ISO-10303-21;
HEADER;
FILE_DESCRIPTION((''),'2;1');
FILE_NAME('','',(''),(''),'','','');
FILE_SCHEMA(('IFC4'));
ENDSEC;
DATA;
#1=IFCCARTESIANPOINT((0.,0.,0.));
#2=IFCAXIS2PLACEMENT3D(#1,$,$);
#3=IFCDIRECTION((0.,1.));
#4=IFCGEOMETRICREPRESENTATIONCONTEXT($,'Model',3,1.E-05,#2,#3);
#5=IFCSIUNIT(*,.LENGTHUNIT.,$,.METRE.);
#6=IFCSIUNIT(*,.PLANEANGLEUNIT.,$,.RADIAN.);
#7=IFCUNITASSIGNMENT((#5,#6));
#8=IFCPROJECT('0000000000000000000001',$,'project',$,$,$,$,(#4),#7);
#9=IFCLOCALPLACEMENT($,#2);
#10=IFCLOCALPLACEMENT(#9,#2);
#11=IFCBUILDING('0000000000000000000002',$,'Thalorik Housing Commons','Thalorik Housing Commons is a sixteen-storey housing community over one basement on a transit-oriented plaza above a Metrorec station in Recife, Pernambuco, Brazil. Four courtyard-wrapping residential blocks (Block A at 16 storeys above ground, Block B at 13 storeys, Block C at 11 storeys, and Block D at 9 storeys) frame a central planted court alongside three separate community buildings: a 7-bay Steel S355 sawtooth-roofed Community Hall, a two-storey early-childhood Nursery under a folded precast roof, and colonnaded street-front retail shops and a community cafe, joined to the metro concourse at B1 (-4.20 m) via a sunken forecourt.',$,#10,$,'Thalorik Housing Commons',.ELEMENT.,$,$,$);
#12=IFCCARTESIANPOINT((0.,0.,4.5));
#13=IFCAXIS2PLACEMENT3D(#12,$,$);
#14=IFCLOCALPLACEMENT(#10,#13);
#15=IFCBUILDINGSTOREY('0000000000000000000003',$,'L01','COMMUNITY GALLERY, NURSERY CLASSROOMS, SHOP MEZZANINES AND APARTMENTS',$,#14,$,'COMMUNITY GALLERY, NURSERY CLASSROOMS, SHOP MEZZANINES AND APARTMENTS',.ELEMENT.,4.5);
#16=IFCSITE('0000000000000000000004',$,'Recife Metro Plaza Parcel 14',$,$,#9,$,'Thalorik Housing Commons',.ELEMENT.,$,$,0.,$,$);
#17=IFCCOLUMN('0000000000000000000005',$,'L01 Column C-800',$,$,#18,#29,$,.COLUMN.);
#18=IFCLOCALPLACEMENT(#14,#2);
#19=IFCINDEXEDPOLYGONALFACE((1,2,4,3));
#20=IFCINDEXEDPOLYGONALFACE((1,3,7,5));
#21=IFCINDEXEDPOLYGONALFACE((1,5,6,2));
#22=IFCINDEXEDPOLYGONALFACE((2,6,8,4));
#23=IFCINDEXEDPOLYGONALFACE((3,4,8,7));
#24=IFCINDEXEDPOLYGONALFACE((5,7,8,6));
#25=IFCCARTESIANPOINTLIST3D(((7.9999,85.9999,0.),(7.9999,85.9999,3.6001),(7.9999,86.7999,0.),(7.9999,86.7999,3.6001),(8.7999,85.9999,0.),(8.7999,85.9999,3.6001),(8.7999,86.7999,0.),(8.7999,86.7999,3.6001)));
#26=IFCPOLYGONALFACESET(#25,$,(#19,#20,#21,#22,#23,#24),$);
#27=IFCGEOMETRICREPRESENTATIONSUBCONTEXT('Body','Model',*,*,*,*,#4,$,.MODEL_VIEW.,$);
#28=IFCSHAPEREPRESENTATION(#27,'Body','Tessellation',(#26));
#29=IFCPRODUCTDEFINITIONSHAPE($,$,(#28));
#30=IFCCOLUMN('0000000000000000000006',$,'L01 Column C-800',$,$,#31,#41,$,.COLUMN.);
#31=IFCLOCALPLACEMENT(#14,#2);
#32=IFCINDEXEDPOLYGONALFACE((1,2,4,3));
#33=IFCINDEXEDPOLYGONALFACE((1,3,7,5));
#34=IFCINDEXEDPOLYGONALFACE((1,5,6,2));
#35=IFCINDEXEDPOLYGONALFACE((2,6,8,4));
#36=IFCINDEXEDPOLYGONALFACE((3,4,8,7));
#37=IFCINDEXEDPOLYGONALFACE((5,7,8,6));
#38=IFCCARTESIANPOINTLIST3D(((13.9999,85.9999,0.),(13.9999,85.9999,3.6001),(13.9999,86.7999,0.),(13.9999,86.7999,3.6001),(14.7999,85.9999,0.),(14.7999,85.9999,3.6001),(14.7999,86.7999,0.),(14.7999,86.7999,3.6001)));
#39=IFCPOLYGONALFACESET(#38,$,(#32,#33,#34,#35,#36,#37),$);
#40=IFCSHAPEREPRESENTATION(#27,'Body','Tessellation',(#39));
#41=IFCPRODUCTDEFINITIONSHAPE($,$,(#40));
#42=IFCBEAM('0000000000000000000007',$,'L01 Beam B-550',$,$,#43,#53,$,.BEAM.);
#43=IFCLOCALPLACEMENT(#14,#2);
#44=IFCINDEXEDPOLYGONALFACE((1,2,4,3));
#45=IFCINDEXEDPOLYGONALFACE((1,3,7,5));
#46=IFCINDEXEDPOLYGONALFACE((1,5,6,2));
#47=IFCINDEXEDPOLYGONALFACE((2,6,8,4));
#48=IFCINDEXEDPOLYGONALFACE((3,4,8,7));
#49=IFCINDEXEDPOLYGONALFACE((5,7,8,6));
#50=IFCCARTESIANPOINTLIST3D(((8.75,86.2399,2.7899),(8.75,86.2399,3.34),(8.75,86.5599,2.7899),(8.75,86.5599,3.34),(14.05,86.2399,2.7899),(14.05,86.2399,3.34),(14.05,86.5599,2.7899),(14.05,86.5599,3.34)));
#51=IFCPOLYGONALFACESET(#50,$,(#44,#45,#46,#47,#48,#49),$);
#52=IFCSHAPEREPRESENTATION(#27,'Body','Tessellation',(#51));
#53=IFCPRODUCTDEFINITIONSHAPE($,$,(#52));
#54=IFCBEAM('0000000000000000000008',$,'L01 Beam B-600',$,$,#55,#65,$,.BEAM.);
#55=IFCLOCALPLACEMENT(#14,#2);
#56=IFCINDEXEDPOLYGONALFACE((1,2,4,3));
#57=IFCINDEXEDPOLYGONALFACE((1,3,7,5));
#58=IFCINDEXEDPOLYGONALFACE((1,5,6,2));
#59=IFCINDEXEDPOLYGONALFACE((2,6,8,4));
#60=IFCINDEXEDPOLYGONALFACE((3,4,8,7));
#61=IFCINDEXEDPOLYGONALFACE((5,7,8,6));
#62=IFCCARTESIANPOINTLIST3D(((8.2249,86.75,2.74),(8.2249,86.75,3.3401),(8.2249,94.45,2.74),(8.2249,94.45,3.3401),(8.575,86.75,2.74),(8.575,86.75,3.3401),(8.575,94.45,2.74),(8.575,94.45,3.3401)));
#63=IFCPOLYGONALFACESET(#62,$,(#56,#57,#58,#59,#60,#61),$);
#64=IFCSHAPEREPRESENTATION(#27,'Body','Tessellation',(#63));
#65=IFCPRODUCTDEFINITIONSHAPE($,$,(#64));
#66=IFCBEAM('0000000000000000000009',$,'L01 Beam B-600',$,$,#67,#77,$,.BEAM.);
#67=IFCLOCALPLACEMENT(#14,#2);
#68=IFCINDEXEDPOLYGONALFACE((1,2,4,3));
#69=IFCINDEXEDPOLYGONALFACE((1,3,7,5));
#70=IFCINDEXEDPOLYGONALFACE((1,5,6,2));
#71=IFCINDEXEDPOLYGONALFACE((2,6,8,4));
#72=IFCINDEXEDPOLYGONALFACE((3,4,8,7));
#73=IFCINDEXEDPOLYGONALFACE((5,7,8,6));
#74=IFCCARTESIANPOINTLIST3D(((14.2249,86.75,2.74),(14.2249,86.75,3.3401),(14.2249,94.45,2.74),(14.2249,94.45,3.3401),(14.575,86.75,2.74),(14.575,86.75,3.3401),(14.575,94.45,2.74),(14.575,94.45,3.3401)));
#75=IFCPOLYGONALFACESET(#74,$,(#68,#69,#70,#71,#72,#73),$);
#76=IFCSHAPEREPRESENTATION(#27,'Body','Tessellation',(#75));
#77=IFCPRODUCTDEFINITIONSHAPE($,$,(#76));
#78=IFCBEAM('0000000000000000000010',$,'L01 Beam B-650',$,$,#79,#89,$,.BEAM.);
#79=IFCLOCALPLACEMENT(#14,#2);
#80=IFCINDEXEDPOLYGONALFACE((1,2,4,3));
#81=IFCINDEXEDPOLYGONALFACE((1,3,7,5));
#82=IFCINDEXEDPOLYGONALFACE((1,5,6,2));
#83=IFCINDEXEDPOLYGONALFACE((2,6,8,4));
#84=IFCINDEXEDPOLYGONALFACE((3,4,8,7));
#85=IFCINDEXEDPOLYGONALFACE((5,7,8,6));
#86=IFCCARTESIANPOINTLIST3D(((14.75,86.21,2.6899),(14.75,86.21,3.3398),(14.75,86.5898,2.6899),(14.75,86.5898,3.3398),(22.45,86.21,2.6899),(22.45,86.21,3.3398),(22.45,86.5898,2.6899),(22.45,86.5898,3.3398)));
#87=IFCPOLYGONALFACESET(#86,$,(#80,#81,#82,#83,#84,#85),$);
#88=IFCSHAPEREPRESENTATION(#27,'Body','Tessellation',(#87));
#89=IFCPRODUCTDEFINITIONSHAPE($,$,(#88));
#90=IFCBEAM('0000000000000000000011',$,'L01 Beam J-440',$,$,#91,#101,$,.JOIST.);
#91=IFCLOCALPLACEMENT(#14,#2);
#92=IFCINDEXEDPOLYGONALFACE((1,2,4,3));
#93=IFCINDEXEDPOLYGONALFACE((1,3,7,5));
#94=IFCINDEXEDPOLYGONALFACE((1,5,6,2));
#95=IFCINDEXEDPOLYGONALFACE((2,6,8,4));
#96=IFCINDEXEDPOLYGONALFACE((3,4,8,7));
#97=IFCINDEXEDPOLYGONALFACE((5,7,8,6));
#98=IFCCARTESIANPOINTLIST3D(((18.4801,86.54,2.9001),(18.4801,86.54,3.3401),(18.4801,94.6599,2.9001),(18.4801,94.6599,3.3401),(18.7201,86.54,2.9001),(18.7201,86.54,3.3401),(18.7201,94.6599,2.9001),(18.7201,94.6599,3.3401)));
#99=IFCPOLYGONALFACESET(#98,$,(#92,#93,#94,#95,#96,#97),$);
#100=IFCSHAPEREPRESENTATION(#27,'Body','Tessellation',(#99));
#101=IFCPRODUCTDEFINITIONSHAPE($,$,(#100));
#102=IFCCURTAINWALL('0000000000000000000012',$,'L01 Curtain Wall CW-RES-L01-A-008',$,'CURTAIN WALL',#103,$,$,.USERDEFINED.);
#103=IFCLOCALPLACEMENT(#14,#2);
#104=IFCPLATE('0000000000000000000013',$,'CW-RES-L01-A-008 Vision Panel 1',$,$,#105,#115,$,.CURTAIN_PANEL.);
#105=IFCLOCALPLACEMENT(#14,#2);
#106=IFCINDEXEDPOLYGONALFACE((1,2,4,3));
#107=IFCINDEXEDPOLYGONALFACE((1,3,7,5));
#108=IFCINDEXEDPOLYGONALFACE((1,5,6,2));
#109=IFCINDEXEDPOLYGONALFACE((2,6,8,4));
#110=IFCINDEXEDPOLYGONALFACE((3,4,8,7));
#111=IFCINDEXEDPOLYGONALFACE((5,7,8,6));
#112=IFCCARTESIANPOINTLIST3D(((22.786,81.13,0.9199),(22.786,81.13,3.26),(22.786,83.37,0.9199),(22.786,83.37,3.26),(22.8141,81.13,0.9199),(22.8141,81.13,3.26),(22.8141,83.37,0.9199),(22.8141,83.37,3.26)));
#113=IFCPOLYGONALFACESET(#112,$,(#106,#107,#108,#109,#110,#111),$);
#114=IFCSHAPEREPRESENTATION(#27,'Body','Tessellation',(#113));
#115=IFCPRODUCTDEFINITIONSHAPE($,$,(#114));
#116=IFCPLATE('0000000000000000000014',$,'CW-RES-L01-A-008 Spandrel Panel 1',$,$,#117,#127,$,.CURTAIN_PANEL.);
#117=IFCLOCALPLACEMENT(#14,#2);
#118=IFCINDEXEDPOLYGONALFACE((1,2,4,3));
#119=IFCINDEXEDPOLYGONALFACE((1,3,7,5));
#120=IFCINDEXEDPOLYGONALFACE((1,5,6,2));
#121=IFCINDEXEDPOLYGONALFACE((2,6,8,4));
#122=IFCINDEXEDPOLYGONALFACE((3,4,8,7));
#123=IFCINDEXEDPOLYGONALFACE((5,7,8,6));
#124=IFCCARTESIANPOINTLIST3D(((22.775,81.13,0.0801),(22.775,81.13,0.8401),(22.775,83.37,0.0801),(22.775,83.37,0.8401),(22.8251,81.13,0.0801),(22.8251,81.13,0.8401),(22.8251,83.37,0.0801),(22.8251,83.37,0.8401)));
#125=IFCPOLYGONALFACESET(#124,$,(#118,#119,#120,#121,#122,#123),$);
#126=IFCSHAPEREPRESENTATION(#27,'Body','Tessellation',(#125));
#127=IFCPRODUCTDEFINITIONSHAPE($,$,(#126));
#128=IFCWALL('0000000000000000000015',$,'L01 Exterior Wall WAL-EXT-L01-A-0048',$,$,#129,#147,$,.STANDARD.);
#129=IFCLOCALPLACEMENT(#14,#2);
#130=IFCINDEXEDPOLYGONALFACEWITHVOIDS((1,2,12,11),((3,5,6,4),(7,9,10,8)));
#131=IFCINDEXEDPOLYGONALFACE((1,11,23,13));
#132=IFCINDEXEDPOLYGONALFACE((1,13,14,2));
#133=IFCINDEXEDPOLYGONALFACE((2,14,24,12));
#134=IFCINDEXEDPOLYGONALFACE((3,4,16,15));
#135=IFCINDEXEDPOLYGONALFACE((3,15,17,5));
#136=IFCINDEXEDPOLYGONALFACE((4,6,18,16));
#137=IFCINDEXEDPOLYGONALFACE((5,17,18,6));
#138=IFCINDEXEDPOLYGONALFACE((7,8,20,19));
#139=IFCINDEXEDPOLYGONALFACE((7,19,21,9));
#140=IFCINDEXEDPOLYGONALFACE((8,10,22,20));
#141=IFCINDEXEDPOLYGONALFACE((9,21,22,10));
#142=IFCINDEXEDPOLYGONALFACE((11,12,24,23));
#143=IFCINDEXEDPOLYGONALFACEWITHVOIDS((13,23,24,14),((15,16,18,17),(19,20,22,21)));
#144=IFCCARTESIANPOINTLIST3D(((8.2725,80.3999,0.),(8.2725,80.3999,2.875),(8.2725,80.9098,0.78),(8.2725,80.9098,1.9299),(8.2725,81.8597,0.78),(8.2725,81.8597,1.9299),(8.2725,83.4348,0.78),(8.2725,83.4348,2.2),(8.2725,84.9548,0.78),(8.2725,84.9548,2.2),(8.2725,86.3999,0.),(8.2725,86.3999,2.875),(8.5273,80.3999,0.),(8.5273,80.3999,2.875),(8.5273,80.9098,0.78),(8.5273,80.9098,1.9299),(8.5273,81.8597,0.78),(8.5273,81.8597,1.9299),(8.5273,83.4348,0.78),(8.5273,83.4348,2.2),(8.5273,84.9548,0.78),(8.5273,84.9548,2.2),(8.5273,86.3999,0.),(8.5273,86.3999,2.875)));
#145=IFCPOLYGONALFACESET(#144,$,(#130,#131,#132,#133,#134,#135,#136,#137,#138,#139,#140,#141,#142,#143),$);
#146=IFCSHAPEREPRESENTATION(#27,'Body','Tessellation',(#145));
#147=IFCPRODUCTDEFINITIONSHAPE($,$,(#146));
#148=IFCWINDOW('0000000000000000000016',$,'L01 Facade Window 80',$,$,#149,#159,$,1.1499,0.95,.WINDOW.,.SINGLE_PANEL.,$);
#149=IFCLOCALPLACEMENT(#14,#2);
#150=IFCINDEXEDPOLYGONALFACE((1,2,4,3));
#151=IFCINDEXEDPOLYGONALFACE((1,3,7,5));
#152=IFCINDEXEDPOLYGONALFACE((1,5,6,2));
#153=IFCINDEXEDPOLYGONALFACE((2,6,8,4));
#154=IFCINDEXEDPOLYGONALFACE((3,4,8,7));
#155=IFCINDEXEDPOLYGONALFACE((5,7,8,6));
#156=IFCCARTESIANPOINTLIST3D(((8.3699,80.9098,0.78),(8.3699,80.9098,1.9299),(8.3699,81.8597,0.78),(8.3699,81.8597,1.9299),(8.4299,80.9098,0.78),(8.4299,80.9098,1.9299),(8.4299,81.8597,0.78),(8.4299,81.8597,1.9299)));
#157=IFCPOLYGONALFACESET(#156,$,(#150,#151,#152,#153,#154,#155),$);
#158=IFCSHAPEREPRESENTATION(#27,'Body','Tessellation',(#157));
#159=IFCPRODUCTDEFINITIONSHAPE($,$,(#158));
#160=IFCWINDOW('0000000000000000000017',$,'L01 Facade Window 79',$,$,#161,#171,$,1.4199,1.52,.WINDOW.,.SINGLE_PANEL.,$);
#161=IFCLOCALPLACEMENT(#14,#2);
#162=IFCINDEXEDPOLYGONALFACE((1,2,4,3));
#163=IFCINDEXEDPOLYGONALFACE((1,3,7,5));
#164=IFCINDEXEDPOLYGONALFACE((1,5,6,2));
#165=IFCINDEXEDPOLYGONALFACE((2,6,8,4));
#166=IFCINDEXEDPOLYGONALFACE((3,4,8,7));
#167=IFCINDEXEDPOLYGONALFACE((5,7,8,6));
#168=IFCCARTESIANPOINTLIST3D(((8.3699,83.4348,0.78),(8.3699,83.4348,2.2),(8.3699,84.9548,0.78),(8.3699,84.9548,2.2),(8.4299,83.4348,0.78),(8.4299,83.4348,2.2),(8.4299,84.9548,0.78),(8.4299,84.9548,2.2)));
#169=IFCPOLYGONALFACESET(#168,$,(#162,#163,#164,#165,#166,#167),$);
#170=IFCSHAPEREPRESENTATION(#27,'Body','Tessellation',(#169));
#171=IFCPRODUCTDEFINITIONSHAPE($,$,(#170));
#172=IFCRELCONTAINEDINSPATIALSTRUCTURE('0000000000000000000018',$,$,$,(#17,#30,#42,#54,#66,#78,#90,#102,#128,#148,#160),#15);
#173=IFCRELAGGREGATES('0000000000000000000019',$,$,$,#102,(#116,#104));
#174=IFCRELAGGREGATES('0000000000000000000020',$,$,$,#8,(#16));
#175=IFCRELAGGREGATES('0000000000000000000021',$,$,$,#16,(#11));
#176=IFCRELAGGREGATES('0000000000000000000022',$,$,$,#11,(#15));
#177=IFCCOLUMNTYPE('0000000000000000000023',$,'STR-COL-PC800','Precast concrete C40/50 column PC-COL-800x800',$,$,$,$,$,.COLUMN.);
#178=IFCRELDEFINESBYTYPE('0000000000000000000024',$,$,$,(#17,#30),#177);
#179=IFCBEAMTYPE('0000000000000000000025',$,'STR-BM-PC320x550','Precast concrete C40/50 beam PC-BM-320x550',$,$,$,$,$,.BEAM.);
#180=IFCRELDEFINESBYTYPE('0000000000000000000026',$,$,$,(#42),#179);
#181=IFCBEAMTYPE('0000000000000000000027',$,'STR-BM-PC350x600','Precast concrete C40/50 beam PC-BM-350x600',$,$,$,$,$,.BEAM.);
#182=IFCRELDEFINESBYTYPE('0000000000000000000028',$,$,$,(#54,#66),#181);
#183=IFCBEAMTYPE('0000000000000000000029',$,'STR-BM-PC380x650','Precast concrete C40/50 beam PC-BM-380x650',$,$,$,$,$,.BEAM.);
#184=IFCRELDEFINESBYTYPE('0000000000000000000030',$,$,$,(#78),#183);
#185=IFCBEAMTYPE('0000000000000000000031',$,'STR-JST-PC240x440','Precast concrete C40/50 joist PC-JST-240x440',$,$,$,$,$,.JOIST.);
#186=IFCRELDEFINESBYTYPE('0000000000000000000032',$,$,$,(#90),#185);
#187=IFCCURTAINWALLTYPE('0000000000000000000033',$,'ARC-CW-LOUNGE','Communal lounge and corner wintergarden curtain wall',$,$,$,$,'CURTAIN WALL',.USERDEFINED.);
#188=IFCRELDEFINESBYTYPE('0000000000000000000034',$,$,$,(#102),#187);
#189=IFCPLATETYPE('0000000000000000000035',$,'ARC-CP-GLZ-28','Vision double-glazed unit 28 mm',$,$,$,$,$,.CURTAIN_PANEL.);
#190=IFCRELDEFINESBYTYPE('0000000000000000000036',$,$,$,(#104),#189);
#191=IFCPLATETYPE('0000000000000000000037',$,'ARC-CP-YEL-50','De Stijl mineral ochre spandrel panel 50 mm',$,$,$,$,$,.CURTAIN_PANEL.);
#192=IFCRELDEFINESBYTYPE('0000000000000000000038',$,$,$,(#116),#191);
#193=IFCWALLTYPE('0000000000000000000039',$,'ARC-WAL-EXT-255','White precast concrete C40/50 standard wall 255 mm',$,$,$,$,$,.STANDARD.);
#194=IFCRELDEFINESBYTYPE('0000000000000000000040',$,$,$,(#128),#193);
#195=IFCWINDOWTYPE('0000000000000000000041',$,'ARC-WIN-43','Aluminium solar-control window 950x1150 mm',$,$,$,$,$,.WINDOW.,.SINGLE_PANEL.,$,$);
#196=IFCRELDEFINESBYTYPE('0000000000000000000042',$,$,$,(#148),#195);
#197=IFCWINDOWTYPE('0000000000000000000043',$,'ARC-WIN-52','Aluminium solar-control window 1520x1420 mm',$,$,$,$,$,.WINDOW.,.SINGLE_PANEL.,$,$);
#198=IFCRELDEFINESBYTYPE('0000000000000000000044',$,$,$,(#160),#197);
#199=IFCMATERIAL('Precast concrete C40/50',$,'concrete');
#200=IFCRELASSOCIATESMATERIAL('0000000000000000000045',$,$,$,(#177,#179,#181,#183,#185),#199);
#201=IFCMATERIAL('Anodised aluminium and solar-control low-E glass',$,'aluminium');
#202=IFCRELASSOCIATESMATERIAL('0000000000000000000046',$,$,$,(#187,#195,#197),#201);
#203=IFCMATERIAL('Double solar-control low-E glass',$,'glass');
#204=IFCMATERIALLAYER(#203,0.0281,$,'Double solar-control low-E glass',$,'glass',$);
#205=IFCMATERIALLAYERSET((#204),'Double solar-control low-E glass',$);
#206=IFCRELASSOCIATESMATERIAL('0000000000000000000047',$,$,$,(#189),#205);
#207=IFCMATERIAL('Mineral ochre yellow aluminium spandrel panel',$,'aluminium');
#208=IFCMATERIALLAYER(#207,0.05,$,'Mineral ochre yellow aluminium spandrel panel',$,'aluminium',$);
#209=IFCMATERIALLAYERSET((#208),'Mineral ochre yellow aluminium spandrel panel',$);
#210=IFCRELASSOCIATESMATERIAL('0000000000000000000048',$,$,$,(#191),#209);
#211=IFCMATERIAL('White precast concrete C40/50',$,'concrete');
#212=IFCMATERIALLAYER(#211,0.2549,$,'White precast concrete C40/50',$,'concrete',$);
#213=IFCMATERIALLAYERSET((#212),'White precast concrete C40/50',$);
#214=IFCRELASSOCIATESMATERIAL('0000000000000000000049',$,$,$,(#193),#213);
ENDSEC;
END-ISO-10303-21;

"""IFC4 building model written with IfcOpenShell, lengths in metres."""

from ifc_helpers import new_model, si_unit, direction, frame, frame_2d, origin, origin_2d, place, context, subcontext, project, spatial, rectangle, extrude, material, layer, layer_set, material_profile, profile_set, type_object, element, fill, aggregate, save


model = new_model("IFC4")

# Units and contexts
model_context = context("Model", 3, precision=1e-05, world=origin(), true_north=direction((0.0, 1.0)))
body_context = subcontext(model_context, "Body", "Model", "MODEL_VIEW")
ifc_project = project(units=[si_unit("LENGTHUNIT", "METRE"), si_unit("PLANEANGLEUNIT", "RADIAN")], contexts=[model_context])

# Site, building, storey
site_placement = place(None, origin())
site = spatial("IfcSite", under=ifc_project, at=site_placement, Name="Recife Metro Plaza Parcel 14", LongName="Thalorik Housing Commons", CompositionType="ELEMENT", RefElevation=0.0)
building_placement = place(site_placement, origin())
building = spatial("IfcBuilding", under=site, at=building_placement, Name="Thalorik Housing Commons", Description="Thalorik Housing Commons is a sixteen-storey housing community over one basement on a transit-oriented plaza above a Metrorec station in Recife, Pernambuco, Brazil. Four courtyard-wrapping residential blocks (Block A at 16 storeys above ground, Block B at 13 storeys, Block C at 11 storeys, and Block D at 9 storeys) frame a central planted court alongside three separate community buildings: a 7-bay Steel S355 sawtooth-roofed Community Hall, a two-storey early-childhood Nursery under a folded precast roof, and colonnaded street-front retail shops and a community cafe, joined to the metro concourse at B1 (-4.20 m) via a sunken forecourt.", LongName="Thalorik Housing Commons", CompositionType="ELEMENT")
storey_placement = place(building_placement, frame((0.0, 0.0, 4.5)))
storey = spatial("IfcBuildingStorey", under=building, at=storey_placement, Name="L01", Description="COMMUNITY GALLERY, NURSERY CLASSROOMS, SHOP MEZZANINES AND APARTMENTS", LongName="COMMUNITY GALLERY, NURSERY CLASSROOMS, SHOP MEZZANINES AND APARTMENTS", CompositionType="ELEMENT", Elevation=4.5)

# Columns
ifc_material_1 = material(Name="Precast concrete C40/50", Category="concrete")
ifc_material_profile_1 = material_profile(ifc_material_1, rectangle(XDim=0.8, YDim=0.8, at=origin_2d()), Name="PC 800x800", Category="concrete")
ifc_profile_set_1 = profile_set([ifc_material_profile_1], Name="Precast concrete C40/50")
column_type = type_object("IfcColumnType", Name="STR-COL-PC800", Description="Precast concrete C40/50 column PC-COL-800x800", PredefinedType="COLUMN", material=ifc_profile_set_1)
for number, where, z_axis, x_axis, name in (
    (1, (8.3999, 86.3999, 0.0), (0.0, 0.0, 1.0), (1.0, 0.0, 0.0), "L01 Column C-800"),
    (2, (14.3999, 86.3999, 0.0), (0.0, 0.0, 1.0), (1.0, 0.0, 0.0), "L01 Column C-800"),
):
    element("IfcColumn", number, at=place(storey_placement, frame(where, z_axis=z_axis, x_axis=x_axis)), inside=storey, type_object=column_type, Name=name, PredefinedType="COLUMN", context=body_context, shape_type="SweptSolid", body=[
        extrude(rectangle(XDim=0.8, YDim=0.8, at=origin_2d()), origin(), (0.0, 0.0, 1.0), 3.6001),
    ])

# Beams
ifc_material_profile_2 = material_profile(ifc_material_1, rectangle(XDim=0.3201, YDim=0.55, at=origin_2d()), Name="PC 320x550", Category="concrete")
ifc_profile_set_2 = profile_set([ifc_material_profile_2], Name="Precast concrete C40/50")
beam_type_1 = type_object("IfcBeamType", Name="STR-BM-PC320x550", Description="Precast concrete C40/50 beam PC-BM-320x550", PredefinedType="BEAM", material=ifc_profile_set_2)
beam_1_placement = place(storey_placement, frame((8.75, 86.3999, 3.0649), z_axis=(1.0, 0.0, 0.0), x_axis=(0.0, 1.0, 0.0)))
element("IfcBeam", 3, at=beam_1_placement, inside=storey, type_object=beam_type_1, Name="L01 Beam B-550", PredefinedType="BEAM", context=body_context, shape_type="SweptSolid", body=[
    extrude(rectangle(XDim=0.3201, YDim=0.55, at=origin_2d()), origin(), (0.0, 0.0, 1.0), 5.3),
])
ifc_material_profile_3 = material_profile(ifc_material_1, rectangle(XDim=0.3501, YDim=0.6001, at=origin_2d()), Name="PC 350x600", Category="concrete")
ifc_profile_set_3 = profile_set([ifc_material_profile_3], Name="Precast concrete C40/50")
beam_type_2 = type_object("IfcBeamType", Name="STR-BM-PC350x600", Description="Precast concrete C40/50 beam PC-BM-350x600", PredefinedType="BEAM", material=ifc_profile_set_3)
for number, where, z_axis, x_axis, name in (
    (4, (8.3999, 86.75, 3.04), (0.0, 1.0, 0.0), (-1.0, 0.0, 0.0), "L01 Beam B-600"),
    (5, (14.3999, 86.75, 3.04), (0.0, 1.0, 0.0), (-1.0, 0.0, 0.0), "L01 Beam B-600"),
):
    element("IfcBeam", number, at=place(storey_placement, frame(where, z_axis=z_axis, x_axis=x_axis)), inside=storey, type_object=beam_type_2, Name=name, PredefinedType="BEAM", context=body_context, shape_type="SweptSolid", body=[
        extrude(rectangle(XDim=0.3501, YDim=0.6001, at=origin_2d()), origin(), (0.0, 0.0, 1.0), 7.7),
    ])
ifc_material_profile_4 = material_profile(ifc_material_1, rectangle(XDim=0.3799, YDim=0.6499, at=origin_2d()), Name="PC 380x650", Category="concrete")
ifc_profile_set_4 = profile_set([ifc_material_profile_4], Name="Precast concrete C40/50")
beam_type_3 = type_object("IfcBeamType", Name="STR-BM-PC380x650", Description="Precast concrete C40/50 beam PC-BM-380x650", PredefinedType="BEAM", material=ifc_profile_set_4)
beam_2_placement = place(storey_placement, frame((14.75, 86.3999, 3.0149), z_axis=(1.0, 0.0, 0.0), x_axis=(0.0, 1.0, 0.0)))
element("IfcBeam", 6, at=beam_2_placement, inside=storey, type_object=beam_type_3, Name="L01 Beam B-650", PredefinedType="BEAM", context=body_context, shape_type="SweptSolid", body=[
    extrude(rectangle(XDim=0.3799, YDim=0.6499, at=origin_2d()), origin(), (0.0, 0.0, 1.0), 7.7),
])
ifc_material_profile_5 = material_profile(ifc_material_1, rectangle(XDim=0.24, YDim=0.4399, at=origin_2d()), Name="PC JST 240x440", Category="concrete")
ifc_profile_set_5 = profile_set([ifc_material_profile_5], Name="Precast concrete C40/50")
beam_type_4 = type_object("IfcBeamType", Name="STR-JST-PC240x440", Description="Precast concrete C40/50 joist PC-JST-240x440", PredefinedType="JOIST", material=ifc_profile_set_5)
beam_3_placement = place(storey_placement, frame((18.6001, 86.54, 3.1201), z_axis=(0.0, 1.0, 0.0), x_axis=(-1.0, 0.0, 0.0)))
element("IfcBeam", 7, at=beam_3_placement, inside=storey, type_object=beam_type_4, Name="L01 Beam J-440", PredefinedType="JOIST", context=body_context, shape_type="SweptSolid", body=[
    extrude(rectangle(XDim=0.24, YDim=0.4399, at=origin_2d()), origin(), (0.0, 0.0, 1.0), 8.1199),
])

# Curtain wall, plates
ifc_material_2 = material(Name="Anodised aluminium and solar-control low-E glass", Category="aluminium")
curtain_wall_type = type_object("IfcCurtainWallType", Name="ARC-CW-LOUNGE", Description="Communal lounge and corner wintergarden curtain wall", ElementType="CURTAIN WALL", PredefinedType="USERDEFINED", material=ifc_material_2)
curtain_wall_placement = place(storey_placement, origin())
curtain_wall = element("IfcCurtainWall", 8, at=curtain_wall_placement, inside=storey, type_object=curtain_wall_type, Name="L01 Curtain Wall CW-RES-L01-A-008", ObjectType="CURTAIN WALL", PredefinedType="USERDEFINED")
ifc_material_3 = material(Name="Double solar-control low-E glass", Category="glass")
ifc_layer_1 = layer(ifc_material_3, 0.0281, Name="Double solar-control low-E glass", Category="glass")
ifc_layer_set_1 = layer_set([ifc_layer_1], Name="Double solar-control low-E glass")
plate_type_1 = type_object("IfcPlateType", Name="ARC-CP-GLZ-28", Description="Vision double-glazed unit 28 mm", PredefinedType="CURTAIN_PANEL", material=ifc_layer_set_1)
plate_1_placement = place(storey_placement, frame((22.8, 82.25, 0.9199), z_axis=(0.0, 0.0, 1.0), x_axis=(0.0, 1.0, 0.0)))
plate_1 = element("IfcPlate", 9, at=plate_1_placement, type_object=plate_type_1, Name="CW-RES-L01-A-008 Vision Panel 1", PredefinedType="CURTAIN_PANEL", context=body_context, shape_type="SweptSolid", body=[
    extrude(rectangle(XDim=2.24, YDim=0.0281, at=origin_2d()), origin(), (0.0, 0.0, 1.0), 2.3401),
])
ifc_material_4 = material(Name="Mineral ochre yellow aluminium spandrel panel", Category="aluminium")
ifc_layer_2 = layer(ifc_material_4, 0.05, Name="Mineral ochre yellow aluminium spandrel panel", Category="aluminium")
ifc_layer_set_2 = layer_set([ifc_layer_2], Name="Mineral ochre yellow aluminium spandrel panel")
plate_type_2 = type_object("IfcPlateType", Name="ARC-CP-YEL-50", Description="De Stijl mineral ochre spandrel panel 50 mm", PredefinedType="CURTAIN_PANEL", material=ifc_layer_set_2)
plate_2_placement = place(storey_placement, frame((22.8, 82.25, 0.0801), z_axis=(0.0, 0.0, 1.0), x_axis=(0.0, 1.0, 0.0)))
plate_2 = element("IfcPlate", 10, at=plate_2_placement, type_object=plate_type_2, Name="CW-RES-L01-A-008 Spandrel Panel 1", PredefinedType="CURTAIN_PANEL", context=body_context, shape_type="SweptSolid", body=[
    extrude(rectangle(XDim=2.24, YDim=0.05, at=origin_2d()), origin(), (0.0, 0.0, 1.0), 0.76),
])
aggregate(curtain_wall, [plate_2, plate_1])

# Wall, openings, windows
ifc_material_5 = material(Name="White precast concrete C40/50", Category="concrete")
ifc_layer_3 = layer(ifc_material_5, 0.2549, Name="White precast concrete C40/50", Category="concrete")
ifc_layer_set_3 = layer_set([ifc_layer_3], Name="White precast concrete C40/50")
wall_type_1 = type_object("IfcWallType", Name="ARC-WAL-EXT-255", Description="White precast concrete C40/50 standard wall 255 mm", PredefinedType="STANDARD", material=ifc_layer_set_3)
wall_1_placement = place(storey_placement, frame((8.3999, 86.3999, 0.0), z_axis=(0.0, 0.0, 1.0), x_axis=(0.0, -1.0, 0.0)))
wall_1 = element("IfcWall", 11, at=wall_1_placement, inside=storey, type_object=wall_type_1, Name="L01 Exterior Wall WAL-EXT-L01-A-0048", PredefinedType="STANDARD", context=body_context, shape_type="SweptSolid", body=[
    extrude(rectangle(XDim=6.0, YDim=0.2549, at=frame_2d((3.0, 0.0))), origin(), (0.0, 0.0, 1.0), 2.875),
])
opening_1_placement = place(wall_1_placement, frame((1.4451, 0.0, 0.78)))
opening_1 = element("IfcOpeningElement", 12, at=opening_1_placement, cuts=wall_1, PredefinedType="OPENING", context=body_context, shape_type="SweptSolid", body=[
    extrude(rectangle(XDim=1.52, YDim=1.4199, at=frame_2d((0.76, 0.71))), frame((0.0, 0.1375, 0.0), z_axis=(0.0, -1.0, 0.0), x_axis=(1.0, 0.0, 0.0)), (0.0, 0.0, 1.0), 0.2749),
])
opening_2_placement = place(wall_1_placement, frame((4.54, 0.0, 0.78)))
opening_2 = element("IfcOpeningElement", 13, at=opening_2_placement, cuts=wall_1, PredefinedType="OPENING", context=body_context, shape_type="SweptSolid", body=[
    extrude(rectangle(XDim=0.95, YDim=1.1499, at=frame_2d((0.4751, 0.575))), frame((0.0, 0.1375, 0.0), z_axis=(0.0, -1.0, 0.0), x_axis=(1.0, 0.0, 0.0)), (0.0, 0.0, 1.0), 0.2749),
])
window_type_1 = type_object("IfcWindowType", Name="ARC-WIN-43", Description="Aluminium solar-control window 950x1150 mm", PartitioningType="SINGLE_PANEL", PredefinedType="WINDOW", material=ifc_material_2)
window_1_placement = place(opening_2_placement, origin())
window_1 = element("IfcWindow", 14, at=window_1_placement, inside=storey, type_object=window_type_1, Name="L01 Facade Window 80", OverallHeight=1.1499, OverallWidth=0.95, PartitioningType="SINGLE_PANEL", PredefinedType="WINDOW", context=body_context, shape_type="SweptSolid", body=[
    extrude(rectangle(XDim=0.95, YDim=1.1499, at=frame_2d((0.4751, 0.575))), frame((0.0, 0.03, 0.0), z_axis=(0.0, -1.0, 0.0), x_axis=(1.0, 0.0, 0.0)), (0.0, 0.0, 1.0), 0.0601),
])
fill(opening_2, window_1)
window_type_2 = type_object("IfcWindowType", Name="ARC-WIN-52", Description="Aluminium solar-control window 1520x1420 mm", PartitioningType="SINGLE_PANEL", PredefinedType="WINDOW", material=ifc_material_2)
window_2_placement = place(opening_1_placement, origin())
window_2 = element("IfcWindow", 15, at=window_2_placement, inside=storey, type_object=window_type_2, Name="L01 Facade Window 79", OverallHeight=1.4199, OverallWidth=1.52, PartitioningType="SINGLE_PANEL", PredefinedType="WINDOW", context=body_context, shape_type="SweptSolid", body=[
    extrude(rectangle(XDim=1.52, YDim=1.4199, at=frame_2d((0.76, 0.71))), frame((0.0, 0.03, 0.0), z_axis=(0.0, -1.0, 0.0), x_axis=(1.0, 0.0, 0.0)), (0.0, 0.0, 1.0), 0.0601),
])
fill(opening_1, window_2)

save(model, "model.ifc")
